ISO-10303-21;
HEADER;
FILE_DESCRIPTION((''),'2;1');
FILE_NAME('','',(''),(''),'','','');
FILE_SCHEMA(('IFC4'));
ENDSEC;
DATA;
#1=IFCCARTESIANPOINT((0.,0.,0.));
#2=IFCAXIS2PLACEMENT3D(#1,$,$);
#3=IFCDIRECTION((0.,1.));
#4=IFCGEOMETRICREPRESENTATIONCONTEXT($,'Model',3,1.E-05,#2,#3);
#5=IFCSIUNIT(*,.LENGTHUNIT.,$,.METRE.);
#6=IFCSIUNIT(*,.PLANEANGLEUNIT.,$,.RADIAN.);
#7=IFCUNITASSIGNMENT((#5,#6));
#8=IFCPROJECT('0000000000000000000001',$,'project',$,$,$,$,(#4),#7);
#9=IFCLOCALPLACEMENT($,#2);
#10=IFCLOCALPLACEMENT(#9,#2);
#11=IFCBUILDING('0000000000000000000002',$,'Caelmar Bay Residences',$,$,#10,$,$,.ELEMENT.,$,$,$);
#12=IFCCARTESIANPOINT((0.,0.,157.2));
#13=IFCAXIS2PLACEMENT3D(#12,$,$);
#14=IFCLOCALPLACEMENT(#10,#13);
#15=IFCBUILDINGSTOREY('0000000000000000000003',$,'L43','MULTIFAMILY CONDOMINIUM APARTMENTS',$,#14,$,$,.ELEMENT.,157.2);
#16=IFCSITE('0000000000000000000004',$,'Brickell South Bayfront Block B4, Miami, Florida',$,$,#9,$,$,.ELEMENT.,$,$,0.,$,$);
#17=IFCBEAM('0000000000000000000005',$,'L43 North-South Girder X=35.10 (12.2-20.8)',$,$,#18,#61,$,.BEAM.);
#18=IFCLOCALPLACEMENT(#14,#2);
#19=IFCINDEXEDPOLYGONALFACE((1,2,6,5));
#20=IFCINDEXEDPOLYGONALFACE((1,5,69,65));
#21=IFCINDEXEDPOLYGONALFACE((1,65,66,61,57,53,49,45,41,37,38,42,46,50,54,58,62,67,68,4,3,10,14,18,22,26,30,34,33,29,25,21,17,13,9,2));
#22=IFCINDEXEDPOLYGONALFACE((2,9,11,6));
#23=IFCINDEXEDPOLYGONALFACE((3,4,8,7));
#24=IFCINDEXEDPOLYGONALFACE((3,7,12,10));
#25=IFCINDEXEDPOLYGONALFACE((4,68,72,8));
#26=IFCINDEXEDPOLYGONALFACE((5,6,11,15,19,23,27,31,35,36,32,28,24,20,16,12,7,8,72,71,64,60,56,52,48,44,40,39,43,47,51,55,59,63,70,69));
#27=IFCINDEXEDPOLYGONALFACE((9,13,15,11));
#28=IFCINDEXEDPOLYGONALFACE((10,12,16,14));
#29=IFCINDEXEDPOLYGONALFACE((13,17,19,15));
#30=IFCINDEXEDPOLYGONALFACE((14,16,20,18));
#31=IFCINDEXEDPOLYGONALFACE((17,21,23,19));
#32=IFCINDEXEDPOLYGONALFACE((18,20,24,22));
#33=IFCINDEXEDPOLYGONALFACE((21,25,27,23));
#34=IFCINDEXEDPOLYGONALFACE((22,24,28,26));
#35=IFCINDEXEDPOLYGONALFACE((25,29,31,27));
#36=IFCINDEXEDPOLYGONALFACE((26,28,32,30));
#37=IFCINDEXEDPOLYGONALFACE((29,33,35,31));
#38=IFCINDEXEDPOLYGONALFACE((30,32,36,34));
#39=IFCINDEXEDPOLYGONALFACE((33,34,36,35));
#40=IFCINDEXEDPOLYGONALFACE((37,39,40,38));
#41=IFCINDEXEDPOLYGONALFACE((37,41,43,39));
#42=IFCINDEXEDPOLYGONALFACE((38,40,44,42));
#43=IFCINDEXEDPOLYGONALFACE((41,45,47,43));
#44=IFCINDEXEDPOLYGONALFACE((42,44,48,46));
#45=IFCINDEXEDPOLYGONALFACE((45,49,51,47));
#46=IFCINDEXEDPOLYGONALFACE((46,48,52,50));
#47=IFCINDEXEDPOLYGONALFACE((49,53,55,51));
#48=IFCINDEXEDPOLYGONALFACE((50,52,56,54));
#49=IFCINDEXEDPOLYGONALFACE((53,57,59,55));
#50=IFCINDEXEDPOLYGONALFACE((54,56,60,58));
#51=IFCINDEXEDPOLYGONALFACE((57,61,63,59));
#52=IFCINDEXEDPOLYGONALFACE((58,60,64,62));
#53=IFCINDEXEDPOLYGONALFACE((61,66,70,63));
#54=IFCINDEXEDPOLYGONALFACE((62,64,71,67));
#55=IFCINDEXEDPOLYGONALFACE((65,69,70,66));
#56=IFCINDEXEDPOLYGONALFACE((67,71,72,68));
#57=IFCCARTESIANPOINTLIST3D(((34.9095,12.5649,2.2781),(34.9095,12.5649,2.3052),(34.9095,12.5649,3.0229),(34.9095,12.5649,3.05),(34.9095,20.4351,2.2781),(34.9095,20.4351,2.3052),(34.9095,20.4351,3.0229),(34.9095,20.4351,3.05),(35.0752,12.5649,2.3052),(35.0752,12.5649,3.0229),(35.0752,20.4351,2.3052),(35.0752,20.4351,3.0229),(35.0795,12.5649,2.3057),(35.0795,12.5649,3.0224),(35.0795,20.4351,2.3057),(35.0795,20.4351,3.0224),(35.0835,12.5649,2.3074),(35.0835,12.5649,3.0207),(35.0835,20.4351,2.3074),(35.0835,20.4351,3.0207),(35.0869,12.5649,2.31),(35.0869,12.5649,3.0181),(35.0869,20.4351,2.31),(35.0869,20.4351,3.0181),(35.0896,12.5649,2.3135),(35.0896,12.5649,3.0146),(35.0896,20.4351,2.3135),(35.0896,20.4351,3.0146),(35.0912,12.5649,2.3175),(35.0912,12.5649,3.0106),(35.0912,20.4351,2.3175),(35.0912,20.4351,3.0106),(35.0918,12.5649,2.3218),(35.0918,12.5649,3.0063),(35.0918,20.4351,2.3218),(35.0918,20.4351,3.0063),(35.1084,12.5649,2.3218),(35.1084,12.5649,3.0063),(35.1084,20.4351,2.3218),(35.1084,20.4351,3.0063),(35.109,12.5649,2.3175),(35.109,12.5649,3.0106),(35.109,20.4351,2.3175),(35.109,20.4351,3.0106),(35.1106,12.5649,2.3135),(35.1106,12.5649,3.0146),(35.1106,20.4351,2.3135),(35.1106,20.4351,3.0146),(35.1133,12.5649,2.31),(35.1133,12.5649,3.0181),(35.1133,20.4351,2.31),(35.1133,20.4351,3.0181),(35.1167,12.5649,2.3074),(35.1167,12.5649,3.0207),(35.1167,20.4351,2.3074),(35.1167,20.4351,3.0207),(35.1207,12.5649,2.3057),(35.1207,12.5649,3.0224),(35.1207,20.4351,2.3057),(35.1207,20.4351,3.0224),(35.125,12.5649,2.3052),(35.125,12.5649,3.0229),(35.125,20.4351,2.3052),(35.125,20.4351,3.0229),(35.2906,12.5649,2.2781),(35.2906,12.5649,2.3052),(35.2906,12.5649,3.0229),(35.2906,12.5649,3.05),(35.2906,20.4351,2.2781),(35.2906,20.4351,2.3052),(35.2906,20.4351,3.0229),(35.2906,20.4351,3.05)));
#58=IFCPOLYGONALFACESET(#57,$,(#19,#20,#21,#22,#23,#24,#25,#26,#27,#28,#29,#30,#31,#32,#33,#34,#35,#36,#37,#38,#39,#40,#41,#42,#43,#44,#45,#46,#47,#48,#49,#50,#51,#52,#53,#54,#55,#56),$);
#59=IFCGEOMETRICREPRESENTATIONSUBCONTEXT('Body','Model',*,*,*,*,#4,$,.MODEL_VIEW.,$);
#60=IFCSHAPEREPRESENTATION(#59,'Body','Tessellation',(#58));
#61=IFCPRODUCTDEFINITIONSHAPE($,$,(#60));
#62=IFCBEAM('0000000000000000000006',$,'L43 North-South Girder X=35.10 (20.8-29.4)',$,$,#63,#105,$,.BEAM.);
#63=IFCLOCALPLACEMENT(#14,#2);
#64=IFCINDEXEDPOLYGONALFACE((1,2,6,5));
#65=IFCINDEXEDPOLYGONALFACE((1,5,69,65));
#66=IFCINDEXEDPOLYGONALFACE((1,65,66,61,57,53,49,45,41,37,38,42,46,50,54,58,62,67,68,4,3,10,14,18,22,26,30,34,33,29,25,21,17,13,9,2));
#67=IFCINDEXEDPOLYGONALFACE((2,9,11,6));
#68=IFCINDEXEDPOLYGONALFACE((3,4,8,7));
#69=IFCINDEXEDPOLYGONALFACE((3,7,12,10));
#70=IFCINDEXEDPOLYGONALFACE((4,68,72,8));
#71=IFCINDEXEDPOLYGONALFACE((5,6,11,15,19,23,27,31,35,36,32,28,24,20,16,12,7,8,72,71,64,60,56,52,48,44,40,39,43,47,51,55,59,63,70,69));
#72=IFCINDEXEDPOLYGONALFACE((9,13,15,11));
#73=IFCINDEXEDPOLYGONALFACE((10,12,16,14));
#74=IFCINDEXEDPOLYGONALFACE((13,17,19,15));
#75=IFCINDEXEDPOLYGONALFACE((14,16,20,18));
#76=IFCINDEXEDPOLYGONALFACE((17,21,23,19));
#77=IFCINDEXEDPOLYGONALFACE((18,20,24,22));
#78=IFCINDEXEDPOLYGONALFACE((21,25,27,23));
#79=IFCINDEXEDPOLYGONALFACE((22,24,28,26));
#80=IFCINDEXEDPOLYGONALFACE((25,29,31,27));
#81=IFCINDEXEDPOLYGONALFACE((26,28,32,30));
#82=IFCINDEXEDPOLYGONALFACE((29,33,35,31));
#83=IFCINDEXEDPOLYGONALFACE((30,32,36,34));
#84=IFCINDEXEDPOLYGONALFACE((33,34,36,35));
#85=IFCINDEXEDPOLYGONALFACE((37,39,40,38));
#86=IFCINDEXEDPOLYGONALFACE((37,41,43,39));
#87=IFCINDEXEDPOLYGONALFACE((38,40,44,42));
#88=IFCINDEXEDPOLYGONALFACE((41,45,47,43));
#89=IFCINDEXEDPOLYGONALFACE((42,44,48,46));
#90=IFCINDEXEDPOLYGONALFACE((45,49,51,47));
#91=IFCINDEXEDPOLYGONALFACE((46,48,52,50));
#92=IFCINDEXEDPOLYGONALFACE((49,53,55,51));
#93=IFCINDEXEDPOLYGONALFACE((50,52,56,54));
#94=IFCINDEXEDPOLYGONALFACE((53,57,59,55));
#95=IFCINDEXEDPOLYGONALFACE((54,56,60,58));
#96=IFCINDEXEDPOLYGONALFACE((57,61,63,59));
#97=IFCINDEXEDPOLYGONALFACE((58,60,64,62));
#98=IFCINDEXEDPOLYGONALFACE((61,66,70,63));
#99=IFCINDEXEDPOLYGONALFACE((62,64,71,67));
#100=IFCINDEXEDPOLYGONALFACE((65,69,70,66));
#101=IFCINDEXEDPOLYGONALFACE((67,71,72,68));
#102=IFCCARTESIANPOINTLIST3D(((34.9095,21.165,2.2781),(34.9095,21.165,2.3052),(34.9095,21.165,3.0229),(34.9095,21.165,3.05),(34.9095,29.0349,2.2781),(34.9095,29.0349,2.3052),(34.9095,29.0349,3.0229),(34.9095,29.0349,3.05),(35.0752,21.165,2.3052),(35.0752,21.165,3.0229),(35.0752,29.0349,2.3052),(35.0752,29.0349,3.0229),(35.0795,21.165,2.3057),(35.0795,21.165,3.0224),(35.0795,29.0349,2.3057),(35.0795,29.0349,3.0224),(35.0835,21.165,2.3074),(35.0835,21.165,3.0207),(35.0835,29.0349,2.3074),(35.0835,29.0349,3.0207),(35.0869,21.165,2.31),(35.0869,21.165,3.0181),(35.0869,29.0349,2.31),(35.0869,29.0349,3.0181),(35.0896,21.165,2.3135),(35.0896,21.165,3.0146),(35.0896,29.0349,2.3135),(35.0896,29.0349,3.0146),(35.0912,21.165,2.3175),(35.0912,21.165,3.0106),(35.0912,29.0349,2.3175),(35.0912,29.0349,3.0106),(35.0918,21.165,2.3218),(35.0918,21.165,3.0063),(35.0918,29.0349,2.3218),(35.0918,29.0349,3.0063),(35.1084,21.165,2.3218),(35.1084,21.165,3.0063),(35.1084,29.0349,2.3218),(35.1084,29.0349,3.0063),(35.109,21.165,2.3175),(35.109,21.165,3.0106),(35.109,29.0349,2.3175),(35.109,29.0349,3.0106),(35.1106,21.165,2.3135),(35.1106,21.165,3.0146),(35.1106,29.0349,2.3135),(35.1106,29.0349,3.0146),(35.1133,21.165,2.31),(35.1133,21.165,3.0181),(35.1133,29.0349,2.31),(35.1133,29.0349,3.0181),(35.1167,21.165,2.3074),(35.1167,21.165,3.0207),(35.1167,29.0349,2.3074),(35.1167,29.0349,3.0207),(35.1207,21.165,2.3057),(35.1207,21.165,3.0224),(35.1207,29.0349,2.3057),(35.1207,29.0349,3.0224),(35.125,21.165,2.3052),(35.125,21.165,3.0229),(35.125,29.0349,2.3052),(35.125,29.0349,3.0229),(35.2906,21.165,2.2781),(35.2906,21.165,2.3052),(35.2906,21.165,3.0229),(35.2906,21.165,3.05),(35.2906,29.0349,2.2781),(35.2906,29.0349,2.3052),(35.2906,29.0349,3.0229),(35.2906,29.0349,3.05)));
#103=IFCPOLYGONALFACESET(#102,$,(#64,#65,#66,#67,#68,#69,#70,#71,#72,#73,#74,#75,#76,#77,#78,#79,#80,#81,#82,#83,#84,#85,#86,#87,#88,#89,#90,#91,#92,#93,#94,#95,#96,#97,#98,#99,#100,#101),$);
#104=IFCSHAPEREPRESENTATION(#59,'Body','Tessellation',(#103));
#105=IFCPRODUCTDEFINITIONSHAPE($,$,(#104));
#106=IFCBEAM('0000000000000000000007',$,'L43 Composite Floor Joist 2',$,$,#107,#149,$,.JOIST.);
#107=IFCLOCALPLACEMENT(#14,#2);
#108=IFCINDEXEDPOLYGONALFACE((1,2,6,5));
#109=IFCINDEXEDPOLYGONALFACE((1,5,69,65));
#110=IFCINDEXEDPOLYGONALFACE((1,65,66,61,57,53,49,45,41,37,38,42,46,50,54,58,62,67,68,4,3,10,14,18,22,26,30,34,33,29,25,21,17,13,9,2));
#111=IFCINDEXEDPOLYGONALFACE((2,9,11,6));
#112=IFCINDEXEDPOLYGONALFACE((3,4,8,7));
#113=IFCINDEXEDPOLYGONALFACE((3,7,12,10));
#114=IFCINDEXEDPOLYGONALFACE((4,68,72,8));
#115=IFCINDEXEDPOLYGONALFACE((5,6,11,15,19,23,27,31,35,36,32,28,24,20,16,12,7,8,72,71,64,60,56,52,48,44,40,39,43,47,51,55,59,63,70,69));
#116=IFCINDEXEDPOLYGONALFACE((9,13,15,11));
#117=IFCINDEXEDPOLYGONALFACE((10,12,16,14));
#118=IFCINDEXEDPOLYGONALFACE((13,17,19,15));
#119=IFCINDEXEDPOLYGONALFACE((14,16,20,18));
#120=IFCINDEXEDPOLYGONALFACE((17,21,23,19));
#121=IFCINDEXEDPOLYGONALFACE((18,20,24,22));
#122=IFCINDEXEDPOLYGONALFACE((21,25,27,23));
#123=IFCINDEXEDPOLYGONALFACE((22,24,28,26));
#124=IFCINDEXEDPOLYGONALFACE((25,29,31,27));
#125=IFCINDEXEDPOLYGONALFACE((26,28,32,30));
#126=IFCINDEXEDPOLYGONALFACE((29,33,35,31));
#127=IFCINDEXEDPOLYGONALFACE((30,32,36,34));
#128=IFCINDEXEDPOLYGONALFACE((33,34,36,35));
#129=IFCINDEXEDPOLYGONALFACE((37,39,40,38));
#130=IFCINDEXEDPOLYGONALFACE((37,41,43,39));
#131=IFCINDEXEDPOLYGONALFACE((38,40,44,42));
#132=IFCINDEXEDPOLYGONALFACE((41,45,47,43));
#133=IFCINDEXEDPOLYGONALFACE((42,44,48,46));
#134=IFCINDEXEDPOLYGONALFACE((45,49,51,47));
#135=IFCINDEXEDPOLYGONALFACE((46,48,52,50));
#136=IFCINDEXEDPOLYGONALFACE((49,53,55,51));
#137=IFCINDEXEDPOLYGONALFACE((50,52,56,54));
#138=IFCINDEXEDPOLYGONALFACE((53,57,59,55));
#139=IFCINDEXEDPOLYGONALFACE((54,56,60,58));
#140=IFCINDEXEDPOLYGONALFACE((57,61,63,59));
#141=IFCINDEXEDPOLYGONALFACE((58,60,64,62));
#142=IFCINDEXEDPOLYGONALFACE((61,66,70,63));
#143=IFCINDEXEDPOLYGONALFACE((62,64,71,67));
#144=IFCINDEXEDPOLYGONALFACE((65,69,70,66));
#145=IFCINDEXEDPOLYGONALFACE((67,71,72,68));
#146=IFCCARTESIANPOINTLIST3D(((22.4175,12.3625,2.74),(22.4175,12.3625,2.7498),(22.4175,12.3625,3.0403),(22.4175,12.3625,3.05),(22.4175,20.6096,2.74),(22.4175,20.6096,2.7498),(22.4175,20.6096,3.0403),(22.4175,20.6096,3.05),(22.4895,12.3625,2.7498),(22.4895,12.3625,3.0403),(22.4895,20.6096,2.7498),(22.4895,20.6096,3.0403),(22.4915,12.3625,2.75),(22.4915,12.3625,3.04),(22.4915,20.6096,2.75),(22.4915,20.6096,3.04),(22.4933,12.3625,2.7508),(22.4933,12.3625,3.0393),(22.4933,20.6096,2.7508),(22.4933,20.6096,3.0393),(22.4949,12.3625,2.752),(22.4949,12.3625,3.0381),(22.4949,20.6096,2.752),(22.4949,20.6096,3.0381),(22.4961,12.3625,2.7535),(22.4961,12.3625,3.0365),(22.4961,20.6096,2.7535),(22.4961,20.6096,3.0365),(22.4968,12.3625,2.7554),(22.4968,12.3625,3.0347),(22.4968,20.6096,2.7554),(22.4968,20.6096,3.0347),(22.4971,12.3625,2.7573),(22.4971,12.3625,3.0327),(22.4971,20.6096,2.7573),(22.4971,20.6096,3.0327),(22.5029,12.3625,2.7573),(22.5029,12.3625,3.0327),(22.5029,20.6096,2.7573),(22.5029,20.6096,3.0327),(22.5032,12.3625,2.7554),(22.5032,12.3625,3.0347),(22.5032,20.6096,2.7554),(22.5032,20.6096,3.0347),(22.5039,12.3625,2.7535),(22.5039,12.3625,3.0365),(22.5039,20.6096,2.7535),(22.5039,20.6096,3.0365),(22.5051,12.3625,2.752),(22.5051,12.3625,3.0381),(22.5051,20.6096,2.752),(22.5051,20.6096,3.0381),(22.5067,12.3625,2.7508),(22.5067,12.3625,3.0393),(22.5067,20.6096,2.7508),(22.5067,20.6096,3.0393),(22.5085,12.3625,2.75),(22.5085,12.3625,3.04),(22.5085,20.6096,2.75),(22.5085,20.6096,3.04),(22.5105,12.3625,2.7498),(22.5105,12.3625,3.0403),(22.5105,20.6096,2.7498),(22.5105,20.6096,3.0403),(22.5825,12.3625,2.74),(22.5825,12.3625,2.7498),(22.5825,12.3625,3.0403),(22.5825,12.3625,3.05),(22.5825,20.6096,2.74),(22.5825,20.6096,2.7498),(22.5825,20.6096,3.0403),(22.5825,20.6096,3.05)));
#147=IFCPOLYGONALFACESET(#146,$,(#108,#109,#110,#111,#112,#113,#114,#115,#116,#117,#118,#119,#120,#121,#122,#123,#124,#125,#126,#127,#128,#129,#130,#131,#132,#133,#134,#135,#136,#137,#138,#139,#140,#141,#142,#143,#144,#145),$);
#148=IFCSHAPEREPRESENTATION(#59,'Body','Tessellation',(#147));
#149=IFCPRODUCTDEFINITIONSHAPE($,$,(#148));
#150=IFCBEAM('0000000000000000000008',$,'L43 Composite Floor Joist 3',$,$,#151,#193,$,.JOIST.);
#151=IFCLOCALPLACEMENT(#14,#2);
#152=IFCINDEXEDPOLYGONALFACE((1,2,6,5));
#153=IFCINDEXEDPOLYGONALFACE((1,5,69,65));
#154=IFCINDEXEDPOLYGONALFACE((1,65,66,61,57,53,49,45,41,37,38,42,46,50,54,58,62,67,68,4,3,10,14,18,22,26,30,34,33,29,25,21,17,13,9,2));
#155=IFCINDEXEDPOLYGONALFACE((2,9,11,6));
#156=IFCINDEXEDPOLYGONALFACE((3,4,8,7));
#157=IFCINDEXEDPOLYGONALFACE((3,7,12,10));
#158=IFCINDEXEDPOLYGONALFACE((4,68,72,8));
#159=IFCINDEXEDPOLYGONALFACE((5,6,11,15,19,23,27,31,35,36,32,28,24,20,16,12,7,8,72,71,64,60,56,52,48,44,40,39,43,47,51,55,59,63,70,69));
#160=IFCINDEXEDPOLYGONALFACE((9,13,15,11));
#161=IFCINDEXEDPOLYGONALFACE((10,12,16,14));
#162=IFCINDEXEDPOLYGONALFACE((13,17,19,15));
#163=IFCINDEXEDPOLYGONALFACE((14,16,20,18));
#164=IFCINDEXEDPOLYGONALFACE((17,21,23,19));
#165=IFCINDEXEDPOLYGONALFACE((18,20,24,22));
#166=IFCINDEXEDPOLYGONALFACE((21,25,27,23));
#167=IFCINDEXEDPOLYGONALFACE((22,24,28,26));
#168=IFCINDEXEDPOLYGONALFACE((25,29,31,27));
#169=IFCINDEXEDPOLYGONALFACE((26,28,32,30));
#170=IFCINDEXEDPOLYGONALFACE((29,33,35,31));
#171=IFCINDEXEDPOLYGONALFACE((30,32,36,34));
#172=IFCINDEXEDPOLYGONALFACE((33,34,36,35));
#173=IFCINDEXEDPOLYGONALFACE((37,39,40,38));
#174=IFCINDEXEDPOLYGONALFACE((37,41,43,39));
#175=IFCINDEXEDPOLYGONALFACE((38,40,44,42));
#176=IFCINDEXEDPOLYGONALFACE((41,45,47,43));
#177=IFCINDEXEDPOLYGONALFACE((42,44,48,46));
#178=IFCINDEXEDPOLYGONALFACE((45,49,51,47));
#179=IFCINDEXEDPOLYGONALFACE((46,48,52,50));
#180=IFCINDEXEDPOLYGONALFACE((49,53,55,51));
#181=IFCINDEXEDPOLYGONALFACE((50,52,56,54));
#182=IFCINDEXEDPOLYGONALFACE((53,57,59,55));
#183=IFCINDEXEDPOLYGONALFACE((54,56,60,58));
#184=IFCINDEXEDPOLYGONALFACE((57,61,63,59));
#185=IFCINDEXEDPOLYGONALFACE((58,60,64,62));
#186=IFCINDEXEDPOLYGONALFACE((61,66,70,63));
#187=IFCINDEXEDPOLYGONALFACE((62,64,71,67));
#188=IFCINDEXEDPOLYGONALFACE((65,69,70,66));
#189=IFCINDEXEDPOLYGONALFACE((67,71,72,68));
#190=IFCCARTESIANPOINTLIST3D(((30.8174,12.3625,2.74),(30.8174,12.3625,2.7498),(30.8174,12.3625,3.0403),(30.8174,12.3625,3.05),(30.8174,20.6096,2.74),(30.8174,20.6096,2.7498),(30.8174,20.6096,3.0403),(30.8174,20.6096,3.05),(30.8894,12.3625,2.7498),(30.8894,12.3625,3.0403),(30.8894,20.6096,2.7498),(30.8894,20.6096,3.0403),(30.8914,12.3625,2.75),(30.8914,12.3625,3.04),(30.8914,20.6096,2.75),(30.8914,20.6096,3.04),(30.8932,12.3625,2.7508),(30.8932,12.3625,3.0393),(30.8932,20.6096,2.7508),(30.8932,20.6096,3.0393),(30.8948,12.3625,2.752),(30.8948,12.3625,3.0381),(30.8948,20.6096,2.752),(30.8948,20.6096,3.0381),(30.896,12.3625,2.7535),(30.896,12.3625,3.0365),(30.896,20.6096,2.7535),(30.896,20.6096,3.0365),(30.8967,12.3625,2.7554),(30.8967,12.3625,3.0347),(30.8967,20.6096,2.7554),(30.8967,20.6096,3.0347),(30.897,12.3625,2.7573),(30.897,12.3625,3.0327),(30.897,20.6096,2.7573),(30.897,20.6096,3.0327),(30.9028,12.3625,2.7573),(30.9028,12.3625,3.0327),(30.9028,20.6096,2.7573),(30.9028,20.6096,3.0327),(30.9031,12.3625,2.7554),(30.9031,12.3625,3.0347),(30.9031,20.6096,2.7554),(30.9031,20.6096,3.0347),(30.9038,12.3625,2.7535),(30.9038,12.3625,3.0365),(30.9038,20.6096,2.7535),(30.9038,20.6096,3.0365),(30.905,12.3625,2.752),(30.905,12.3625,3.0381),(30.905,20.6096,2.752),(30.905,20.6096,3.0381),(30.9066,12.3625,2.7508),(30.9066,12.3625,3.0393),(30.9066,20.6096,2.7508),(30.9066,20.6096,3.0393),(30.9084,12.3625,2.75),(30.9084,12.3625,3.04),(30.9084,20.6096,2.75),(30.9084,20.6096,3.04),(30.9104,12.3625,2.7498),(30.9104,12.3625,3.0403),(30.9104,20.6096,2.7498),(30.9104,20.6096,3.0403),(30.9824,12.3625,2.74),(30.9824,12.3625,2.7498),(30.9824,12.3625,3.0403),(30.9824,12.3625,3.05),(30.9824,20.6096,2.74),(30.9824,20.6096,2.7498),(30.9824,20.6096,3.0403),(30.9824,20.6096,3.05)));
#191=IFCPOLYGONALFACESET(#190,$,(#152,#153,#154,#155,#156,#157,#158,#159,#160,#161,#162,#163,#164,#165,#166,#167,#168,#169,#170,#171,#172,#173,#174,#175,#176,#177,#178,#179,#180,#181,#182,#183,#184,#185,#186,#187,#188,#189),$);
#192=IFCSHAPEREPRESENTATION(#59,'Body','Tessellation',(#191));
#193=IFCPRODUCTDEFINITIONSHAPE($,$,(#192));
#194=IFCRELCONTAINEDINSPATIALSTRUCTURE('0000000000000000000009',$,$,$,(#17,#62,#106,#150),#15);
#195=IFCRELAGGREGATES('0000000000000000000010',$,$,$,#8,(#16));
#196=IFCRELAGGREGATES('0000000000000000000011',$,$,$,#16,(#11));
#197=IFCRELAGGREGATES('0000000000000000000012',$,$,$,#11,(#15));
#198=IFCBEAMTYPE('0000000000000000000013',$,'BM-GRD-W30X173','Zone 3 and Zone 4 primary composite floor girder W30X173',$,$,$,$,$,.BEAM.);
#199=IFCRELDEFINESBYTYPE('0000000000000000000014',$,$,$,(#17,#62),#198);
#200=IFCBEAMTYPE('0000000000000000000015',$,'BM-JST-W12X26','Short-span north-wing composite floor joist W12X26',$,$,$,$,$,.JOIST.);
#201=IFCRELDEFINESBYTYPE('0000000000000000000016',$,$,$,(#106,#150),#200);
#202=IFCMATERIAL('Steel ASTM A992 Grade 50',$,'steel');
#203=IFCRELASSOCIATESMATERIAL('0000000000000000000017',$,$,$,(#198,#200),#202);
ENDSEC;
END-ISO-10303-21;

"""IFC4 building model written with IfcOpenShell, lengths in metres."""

from ifc_helpers import new_model, si_unit, direction, frame, origin, origin_2d, place, context, subcontext, project, spatial, i_section, extrude, material, material_profile, profile_set, type_object, element, save


model = new_model("IFC4")

# Units and contexts
model_context = context("Model", 3, precision=1e-05, world=origin(), true_north=direction((0.0, 1.0)))
body_context = subcontext(model_context, "Body", "Model", "MODEL_VIEW")
ifc_project = project(units=[si_unit("LENGTHUNIT", "METRE"), si_unit("PLANEANGLEUNIT", "RADIAN")], contexts=[model_context])

# Site, building, storey
site_placement = place(None, origin())
site = spatial("IfcSite", under=ifc_project, at=site_placement, Name="Brickell South Bayfront Block B4, Miami, Florida", CompositionType="ELEMENT", RefElevation=0.0)
building_placement = place(site_placement, origin())
building = spatial("IfcBuilding", under=site, at=building_placement, Name="Caelmar Bay Residences", CompositionType="ELEMENT")
storey_placement = place(building_placement, frame((0.0, 0.0, 157.2)))
storey = spatial("IfcBuildingStorey", under=building, at=storey_placement, Name="L43", Description="MULTIFAMILY CONDOMINIUM APARTMENTS", CompositionType="ELEMENT", Elevation=157.2)

# Beams
ifc_material_1 = material(Name="Steel ASTM A992 Grade 50", Category="steel")
ifc_material_profile_1 = material_profile(ifc_material_1, i_section(OverallWidth=0.3811, OverallDepth=0.772, WebThickness=0.0166, FlangeThickness=0.0271, FilletRadius=0.0166, at=origin_2d()), Name="W30X173")
ifc_profile_set_1 = profile_set([ifc_material_profile_1], Name="Steel ASTM A992 Grade 50")
beam_type_1 = type_object("IfcBeamType", Name="BM-GRD-W30X173", Description="Zone 3 and Zone 4 primary composite floor girder W30X173", PredefinedType="BEAM", material=ifc_profile_set_1)
for number, where, z_axis, x_axis, name in (
    (1, (35.1001, 12.5649, 2.6641), (0.0, 1.0, 0.0), (-1.0, 0.0, 0.0), "L43 North-South Girder X=35.10 (12.2-20.8)"),
):
    element("IfcBeam", number, at=place(storey_placement, frame(where, z_axis=z_axis, x_axis=x_axis)), inside=storey, type_object=beam_type_1, Name=name, PredefinedType="BEAM", context=body_context, shape_type="SweptSolid", body=[
        extrude(i_section(OverallWidth=0.3811, OverallDepth=0.772, WebThickness=0.0166, FlangeThickness=0.0271, FilletRadius=0.0166, at=origin_2d()), origin(), (0.0, 0.0, 1.0), 7.8701),
    ])
beam_1_placement = place(storey_placement, frame((35.1001, 21.165, 2.6641), z_axis=(0.0, 1.0, 0.0), x_axis=(-1.0, 0.0, 0.0)))
element("IfcBeam", 2, at=beam_1_placement, inside=storey, type_object=beam_type_1, Name="L43 North-South Girder X=35.10 (20.8-29.4)", PredefinedType="BEAM", context=body_context, shape_type="SweptSolid", body=[
    extrude(i_section(OverallWidth=0.3811, OverallDepth=0.772, WebThickness=0.0166, FlangeThickness=0.0271, FilletRadius=0.0166, at=origin_2d()), origin(), (0.0, 0.0, 1.0), 7.8699),
])
ifc_material_profile_2 = material_profile(ifc_material_1, i_section(OverallWidth=0.165, OverallDepth=0.3101, WebThickness=0.0059, FlangeThickness=0.0098, FilletRadius=0.0076, at=origin_2d()), Name="W12X26")
ifc_profile_set_2 = profile_set([ifc_material_profile_2], Name="Steel ASTM A992 Grade 50")
beam_type_2 = type_object("IfcBeamType", Name="BM-JST-W12X26", Description="Short-span north-wing composite floor joist W12X26", PredefinedType="JOIST", material=ifc_profile_set_2)
for number, where, z_axis, x_axis, name in (
    (3, (22.5, 12.3625, 2.895), (0.0, 1.0, 0.0), (-1.0, 0.0, 0.0), "L43 Composite Floor Joist 2"),
    (4, (30.8999, 12.3625, 2.895), (0.0, 1.0, 0.0), (-1.0, 0.0, 0.0), "L43 Composite Floor Joist 3"),
):
    element("IfcBeam", number, at=place(storey_placement, frame(where, z_axis=z_axis, x_axis=x_axis)), inside=storey, type_object=beam_type_2, Name=name, PredefinedType="JOIST", context=body_context, shape_type="SweptSolid", body=[
        extrude(i_section(OverallWidth=0.165, OverallDepth=0.3101, WebThickness=0.0059, FlangeThickness=0.0098, FilletRadius=0.0076, at=origin_2d()), origin(), (0.0, 0.0, 1.0), 8.2471),
    ])

save(model, "model.ifc")
